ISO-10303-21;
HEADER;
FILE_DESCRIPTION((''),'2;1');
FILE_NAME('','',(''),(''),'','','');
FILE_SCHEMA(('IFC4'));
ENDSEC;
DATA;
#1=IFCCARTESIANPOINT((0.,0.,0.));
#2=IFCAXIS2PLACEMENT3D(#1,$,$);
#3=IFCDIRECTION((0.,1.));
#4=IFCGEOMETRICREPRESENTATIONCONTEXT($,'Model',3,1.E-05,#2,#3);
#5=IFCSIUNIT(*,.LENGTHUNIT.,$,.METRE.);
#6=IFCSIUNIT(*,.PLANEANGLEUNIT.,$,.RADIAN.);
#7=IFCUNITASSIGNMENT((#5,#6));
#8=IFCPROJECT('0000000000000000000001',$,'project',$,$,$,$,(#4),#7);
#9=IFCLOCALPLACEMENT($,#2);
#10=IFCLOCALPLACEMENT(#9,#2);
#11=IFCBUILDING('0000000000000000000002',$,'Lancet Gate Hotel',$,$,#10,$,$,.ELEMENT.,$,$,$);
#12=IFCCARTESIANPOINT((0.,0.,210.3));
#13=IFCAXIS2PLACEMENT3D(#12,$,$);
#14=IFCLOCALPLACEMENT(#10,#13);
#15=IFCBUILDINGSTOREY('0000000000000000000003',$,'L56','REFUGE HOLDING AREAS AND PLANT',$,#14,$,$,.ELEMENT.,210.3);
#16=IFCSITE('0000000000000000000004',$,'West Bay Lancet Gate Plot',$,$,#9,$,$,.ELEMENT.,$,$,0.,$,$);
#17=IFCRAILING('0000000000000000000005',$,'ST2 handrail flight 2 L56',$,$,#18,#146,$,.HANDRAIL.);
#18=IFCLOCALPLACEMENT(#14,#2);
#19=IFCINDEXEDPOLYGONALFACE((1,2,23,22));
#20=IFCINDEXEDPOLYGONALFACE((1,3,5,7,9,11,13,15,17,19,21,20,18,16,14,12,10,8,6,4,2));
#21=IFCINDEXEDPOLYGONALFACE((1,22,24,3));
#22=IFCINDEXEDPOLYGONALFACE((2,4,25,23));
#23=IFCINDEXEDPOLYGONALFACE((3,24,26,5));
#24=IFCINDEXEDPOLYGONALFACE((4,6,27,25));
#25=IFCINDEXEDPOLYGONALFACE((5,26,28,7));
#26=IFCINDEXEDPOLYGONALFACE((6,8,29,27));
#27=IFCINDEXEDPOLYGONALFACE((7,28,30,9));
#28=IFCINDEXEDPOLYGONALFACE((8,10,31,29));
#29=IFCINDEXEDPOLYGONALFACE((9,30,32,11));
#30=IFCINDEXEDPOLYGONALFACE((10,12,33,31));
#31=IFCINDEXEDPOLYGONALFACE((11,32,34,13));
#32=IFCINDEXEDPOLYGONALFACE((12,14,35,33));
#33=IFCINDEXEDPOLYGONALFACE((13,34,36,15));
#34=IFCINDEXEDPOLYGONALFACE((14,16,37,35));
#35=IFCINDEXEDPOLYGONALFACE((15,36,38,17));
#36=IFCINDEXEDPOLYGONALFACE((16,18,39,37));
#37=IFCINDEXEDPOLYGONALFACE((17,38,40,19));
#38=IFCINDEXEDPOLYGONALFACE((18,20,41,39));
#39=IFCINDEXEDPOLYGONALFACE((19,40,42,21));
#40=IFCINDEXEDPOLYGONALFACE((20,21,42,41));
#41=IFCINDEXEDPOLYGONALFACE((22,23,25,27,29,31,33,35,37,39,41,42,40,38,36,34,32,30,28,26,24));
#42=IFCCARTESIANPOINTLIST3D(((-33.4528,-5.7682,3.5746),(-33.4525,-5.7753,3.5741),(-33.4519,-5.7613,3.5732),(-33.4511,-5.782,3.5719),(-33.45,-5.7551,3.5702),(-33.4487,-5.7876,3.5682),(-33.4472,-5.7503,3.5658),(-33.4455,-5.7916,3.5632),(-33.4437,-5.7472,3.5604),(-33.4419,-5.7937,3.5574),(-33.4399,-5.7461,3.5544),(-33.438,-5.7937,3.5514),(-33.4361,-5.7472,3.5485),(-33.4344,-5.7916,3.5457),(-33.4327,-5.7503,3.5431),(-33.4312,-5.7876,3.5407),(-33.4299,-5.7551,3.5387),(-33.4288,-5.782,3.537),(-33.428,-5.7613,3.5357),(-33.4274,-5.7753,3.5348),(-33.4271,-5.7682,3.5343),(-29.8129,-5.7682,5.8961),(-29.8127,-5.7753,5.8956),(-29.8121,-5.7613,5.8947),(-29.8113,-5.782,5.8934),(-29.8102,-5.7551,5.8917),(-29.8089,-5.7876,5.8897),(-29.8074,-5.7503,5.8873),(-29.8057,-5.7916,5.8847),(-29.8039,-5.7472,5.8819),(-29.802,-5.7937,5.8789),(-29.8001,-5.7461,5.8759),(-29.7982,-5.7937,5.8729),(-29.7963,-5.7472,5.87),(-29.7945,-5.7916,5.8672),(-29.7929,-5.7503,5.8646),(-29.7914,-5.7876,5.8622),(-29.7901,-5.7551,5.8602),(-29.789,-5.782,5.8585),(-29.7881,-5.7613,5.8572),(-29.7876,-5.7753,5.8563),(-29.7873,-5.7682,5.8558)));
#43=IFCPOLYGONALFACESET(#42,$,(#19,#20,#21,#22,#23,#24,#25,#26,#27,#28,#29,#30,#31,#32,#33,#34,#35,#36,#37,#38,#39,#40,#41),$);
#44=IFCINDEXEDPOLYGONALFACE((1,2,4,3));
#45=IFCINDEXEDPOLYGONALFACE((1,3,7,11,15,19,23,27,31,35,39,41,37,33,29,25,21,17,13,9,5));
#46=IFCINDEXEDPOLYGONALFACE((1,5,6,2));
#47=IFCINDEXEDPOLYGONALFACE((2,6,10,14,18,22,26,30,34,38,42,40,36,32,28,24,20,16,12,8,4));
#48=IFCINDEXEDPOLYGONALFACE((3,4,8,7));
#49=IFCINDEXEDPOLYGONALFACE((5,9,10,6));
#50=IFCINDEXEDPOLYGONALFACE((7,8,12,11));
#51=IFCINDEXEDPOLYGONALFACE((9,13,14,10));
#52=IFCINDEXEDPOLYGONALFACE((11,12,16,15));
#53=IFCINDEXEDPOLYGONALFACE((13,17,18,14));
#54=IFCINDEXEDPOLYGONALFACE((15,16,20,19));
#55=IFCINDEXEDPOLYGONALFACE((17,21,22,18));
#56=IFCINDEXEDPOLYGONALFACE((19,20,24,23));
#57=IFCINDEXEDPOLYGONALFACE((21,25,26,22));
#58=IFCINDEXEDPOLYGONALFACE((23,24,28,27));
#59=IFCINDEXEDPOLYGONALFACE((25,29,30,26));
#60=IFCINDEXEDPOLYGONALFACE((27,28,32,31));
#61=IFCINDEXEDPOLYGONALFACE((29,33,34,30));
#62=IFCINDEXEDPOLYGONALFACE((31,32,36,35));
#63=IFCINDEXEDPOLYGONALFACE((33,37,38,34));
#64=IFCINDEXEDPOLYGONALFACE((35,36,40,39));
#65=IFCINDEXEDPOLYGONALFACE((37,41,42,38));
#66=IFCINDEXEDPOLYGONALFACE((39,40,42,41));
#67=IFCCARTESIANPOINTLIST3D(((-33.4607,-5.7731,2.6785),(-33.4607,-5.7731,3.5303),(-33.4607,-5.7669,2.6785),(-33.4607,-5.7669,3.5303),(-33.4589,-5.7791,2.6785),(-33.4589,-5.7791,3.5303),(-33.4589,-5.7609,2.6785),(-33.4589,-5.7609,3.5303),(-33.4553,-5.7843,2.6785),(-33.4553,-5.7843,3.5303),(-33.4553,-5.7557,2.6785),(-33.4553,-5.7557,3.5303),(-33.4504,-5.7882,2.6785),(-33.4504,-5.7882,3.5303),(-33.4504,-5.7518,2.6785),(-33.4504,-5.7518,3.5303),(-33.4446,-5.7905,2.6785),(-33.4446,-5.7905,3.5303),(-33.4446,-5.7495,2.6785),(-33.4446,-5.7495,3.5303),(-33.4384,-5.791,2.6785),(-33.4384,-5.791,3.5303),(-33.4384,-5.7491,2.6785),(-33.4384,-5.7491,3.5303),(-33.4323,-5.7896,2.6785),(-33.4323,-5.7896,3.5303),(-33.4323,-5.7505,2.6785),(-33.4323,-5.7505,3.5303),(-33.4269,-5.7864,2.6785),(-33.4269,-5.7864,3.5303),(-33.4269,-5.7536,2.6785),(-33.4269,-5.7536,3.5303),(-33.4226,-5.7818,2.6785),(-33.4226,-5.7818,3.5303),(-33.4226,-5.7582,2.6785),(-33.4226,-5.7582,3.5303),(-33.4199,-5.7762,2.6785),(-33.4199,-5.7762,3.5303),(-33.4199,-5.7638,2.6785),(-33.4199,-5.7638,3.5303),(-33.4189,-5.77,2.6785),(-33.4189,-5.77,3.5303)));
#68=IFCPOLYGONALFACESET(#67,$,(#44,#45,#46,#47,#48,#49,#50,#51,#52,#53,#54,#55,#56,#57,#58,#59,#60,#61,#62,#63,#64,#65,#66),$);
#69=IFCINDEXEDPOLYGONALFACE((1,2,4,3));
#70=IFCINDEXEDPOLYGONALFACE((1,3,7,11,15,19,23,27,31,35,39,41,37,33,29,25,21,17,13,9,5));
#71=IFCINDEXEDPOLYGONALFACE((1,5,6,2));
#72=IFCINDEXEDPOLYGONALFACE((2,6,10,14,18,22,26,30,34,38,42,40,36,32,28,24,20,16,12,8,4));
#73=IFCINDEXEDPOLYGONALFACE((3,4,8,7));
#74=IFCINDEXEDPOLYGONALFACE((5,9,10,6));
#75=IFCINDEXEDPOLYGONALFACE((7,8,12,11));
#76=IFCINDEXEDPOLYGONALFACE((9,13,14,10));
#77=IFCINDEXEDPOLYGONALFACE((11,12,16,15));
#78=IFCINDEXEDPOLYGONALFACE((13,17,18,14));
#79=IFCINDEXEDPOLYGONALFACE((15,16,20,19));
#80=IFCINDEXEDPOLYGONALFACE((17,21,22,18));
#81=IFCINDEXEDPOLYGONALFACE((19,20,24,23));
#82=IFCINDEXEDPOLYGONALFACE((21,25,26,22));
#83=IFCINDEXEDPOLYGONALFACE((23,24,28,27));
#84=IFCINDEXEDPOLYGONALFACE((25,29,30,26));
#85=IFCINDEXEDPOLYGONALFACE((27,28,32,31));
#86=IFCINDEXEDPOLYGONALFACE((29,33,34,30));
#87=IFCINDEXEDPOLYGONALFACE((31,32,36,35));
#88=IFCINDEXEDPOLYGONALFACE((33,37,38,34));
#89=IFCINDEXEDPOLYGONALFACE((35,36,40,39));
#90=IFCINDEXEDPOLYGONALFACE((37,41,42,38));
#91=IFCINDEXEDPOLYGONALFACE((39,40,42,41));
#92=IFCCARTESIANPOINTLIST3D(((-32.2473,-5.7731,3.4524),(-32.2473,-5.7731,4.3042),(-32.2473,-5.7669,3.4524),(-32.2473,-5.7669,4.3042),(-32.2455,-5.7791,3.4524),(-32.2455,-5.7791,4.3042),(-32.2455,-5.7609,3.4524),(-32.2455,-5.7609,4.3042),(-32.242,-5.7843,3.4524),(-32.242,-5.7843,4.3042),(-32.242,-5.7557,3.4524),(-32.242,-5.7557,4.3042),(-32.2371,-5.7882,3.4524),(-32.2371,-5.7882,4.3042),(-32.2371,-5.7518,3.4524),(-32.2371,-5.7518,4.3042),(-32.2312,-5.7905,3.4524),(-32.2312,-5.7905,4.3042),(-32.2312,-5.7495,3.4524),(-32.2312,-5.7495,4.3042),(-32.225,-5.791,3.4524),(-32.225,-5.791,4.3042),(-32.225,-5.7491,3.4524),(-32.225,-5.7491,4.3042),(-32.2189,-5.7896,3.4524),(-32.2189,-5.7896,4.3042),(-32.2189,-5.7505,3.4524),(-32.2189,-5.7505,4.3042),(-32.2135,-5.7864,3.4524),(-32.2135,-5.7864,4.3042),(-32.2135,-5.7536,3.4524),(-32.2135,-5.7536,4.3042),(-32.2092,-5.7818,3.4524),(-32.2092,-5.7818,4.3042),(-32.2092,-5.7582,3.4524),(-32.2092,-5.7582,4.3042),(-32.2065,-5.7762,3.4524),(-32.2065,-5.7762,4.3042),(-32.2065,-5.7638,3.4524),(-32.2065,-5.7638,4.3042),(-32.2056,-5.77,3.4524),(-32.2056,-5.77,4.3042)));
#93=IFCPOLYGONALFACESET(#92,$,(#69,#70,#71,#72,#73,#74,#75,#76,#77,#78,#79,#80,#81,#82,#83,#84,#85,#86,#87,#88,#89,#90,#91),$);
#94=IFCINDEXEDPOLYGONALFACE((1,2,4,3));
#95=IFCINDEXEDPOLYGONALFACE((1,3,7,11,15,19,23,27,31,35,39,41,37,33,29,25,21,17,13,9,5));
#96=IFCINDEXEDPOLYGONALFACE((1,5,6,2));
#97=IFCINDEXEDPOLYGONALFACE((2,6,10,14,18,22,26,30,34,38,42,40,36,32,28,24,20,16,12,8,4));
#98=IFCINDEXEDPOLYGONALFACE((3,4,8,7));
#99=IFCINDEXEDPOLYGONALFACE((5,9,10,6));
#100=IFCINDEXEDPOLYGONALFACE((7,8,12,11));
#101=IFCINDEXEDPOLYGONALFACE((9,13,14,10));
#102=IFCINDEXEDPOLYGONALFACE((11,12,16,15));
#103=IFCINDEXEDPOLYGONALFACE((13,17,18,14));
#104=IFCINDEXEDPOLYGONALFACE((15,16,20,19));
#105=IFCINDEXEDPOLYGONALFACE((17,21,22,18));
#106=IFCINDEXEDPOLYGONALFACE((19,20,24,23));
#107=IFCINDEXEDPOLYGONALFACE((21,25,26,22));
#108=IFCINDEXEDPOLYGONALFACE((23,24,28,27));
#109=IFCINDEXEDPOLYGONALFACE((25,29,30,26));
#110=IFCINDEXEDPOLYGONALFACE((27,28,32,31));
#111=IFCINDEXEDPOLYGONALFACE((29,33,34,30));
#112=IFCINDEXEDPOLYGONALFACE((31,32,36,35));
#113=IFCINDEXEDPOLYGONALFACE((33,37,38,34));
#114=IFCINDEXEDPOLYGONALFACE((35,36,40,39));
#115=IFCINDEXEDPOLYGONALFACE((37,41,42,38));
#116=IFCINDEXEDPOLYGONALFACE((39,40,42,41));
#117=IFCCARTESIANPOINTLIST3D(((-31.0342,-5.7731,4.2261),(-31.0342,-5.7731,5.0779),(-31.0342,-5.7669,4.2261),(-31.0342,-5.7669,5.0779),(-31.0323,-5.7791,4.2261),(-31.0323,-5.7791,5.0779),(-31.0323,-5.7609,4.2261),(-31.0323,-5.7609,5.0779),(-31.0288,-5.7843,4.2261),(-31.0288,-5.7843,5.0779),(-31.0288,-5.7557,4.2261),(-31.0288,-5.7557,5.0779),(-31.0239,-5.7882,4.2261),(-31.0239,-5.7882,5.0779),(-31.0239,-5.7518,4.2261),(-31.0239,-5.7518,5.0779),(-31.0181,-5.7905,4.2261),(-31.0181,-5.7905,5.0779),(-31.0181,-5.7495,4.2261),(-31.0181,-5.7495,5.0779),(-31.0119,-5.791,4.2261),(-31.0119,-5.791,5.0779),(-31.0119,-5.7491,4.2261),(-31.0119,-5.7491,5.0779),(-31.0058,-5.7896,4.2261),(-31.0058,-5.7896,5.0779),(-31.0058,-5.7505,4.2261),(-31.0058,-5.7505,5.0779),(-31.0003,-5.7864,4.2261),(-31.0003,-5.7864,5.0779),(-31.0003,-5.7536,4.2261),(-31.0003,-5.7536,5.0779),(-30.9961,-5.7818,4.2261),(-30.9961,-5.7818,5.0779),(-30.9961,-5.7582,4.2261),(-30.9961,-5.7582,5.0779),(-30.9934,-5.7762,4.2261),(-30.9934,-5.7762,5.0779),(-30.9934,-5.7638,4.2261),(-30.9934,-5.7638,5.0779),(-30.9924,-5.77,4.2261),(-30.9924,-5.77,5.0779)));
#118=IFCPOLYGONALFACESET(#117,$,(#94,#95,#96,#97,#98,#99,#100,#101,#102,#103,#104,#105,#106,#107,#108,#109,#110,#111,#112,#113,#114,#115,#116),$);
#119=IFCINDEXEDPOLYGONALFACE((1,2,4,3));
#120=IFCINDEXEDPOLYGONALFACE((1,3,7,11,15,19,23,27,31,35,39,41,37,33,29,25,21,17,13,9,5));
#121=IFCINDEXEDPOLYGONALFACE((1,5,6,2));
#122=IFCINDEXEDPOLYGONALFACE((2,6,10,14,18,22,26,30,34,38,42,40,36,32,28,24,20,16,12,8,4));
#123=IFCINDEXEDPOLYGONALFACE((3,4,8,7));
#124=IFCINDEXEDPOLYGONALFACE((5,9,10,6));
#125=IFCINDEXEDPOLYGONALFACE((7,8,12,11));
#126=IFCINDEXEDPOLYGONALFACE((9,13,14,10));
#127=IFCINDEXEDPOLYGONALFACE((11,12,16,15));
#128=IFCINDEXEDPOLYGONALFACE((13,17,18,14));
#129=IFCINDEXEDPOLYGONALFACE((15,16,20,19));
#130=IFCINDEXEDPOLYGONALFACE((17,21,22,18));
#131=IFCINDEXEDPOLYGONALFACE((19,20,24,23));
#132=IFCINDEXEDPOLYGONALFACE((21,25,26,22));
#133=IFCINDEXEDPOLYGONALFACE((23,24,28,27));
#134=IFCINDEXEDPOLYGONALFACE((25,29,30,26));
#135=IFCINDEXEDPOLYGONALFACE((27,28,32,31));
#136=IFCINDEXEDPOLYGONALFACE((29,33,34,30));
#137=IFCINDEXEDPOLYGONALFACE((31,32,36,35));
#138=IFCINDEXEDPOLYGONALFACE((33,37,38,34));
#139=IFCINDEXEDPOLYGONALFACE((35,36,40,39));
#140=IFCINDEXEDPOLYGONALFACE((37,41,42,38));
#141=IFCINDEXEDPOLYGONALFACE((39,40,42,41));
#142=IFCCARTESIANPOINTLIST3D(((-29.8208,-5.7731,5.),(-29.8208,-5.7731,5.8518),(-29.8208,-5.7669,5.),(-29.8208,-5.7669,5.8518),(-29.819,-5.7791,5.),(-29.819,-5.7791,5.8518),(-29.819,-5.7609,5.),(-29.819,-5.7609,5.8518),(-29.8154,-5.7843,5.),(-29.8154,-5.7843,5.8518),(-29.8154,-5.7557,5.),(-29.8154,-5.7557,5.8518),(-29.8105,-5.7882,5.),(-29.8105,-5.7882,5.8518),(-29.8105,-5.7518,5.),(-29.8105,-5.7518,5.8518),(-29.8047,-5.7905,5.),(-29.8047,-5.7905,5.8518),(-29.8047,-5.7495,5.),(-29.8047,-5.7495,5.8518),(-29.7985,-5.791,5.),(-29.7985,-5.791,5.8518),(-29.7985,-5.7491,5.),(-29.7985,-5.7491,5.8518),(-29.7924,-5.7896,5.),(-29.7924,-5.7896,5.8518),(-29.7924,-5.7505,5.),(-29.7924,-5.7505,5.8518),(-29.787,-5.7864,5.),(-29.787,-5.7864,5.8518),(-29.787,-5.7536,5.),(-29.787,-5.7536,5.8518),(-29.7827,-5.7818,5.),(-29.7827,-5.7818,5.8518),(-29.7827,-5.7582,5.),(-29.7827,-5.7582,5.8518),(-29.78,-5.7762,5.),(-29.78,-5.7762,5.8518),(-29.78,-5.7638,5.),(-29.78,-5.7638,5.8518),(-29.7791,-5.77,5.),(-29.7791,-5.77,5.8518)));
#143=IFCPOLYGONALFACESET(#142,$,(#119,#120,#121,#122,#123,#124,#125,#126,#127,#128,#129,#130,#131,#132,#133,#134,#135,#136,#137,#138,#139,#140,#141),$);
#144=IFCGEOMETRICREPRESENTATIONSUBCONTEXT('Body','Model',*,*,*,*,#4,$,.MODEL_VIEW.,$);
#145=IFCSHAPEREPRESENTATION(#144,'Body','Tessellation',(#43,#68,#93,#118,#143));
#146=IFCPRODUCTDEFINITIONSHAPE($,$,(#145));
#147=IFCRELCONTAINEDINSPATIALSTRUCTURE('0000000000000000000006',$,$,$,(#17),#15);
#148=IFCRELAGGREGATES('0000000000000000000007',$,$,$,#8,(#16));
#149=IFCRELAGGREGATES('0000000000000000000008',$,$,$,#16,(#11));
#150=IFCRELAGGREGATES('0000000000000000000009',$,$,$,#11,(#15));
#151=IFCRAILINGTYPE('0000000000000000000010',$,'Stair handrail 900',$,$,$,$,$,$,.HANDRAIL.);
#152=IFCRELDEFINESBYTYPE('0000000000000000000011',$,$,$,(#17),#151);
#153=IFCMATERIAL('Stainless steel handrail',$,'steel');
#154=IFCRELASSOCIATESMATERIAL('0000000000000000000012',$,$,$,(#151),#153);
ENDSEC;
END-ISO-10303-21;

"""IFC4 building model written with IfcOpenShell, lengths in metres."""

from ifc_helpers import new_model, si_unit, direction, frame, origin, origin_2d, place, context, subcontext, project, spatial, circle, extrude, material, type_object, element, save


model = new_model("IFC4")

# Units and contexts
model_context = context("Model", 3, precision=1e-05, world=origin(), true_north=direction((0.0, 1.0)))
body_context = subcontext(model_context, "Body", "Model", "MODEL_VIEW")
ifc_project = project(units=[si_unit("LENGTHUNIT", "METRE"), si_unit("PLANEANGLEUNIT", "RADIAN")], contexts=[model_context])

# Site, building, storey
site_placement = place(None, origin())
site = spatial("IfcSite", under=ifc_project, at=site_placement, Name="West Bay Lancet Gate Plot", CompositionType="ELEMENT", RefElevation=0.0)
building_placement = place(site_placement, origin())
building = spatial("IfcBuilding", under=site, at=building_placement, Name="Lancet Gate Hotel", CompositionType="ELEMENT")
storey_placement = place(building_placement, frame((0.0, 0.0, 210.3)))
storey = spatial("IfcBuildingStorey", under=building, at=storey_placement, Name="L56", Description="REFUGE HOLDING AREAS AND PLANT", CompositionType="ELEMENT", Elevation=210.3)

# Railing
ifc_material_1 = material(Name="Stainless steel handrail", Category="steel")
railing_type = type_object("IfcRailingType", Name="Stair handrail 900", PredefinedType="HANDRAIL", material=ifc_material_1)
railing_1_placement = place(storey_placement, frame((-33.4399, -5.77, 2.6785)))
element("IfcRailing", 1, at=railing_1_placement, inside=storey, type_object=railing_type, Name="ST2 handrail flight 2 L56", PredefinedType="HANDRAIL", context=body_context, shape_type="SweptSolid", body=[
    extrude(circle(Radius=0.0239, at=origin_2d()), frame((0.0, 0.0, 0.876), z_axis=(0.843112, 0.0, 0.537739), x_axis=(0.0, 1.0, 0.0)), (0.0, 0.0, 1.0), 4.3171),
    extrude(circle(Radius=0.021, at=origin_2d()), origin(), (0.0, 0.0, 1.0), 0.8518),
    extrude(circle(Radius=0.021, at=origin_2d()), frame((1.2134, 0.0, 0.7739)), (0.0, 0.0, 1.0), 0.8518),
    extrude(circle(Radius=0.021, at=origin_2d()), frame((2.4265, 0.0, 1.5476)), (0.0, 0.0, 1.0), 0.8518),
    extrude(circle(Radius=0.021, at=origin_2d()), frame((3.6399, 0.0, 2.3215)), (0.0, 0.0, 1.0), 0.8518),
])

save(model, "model.ifc")
